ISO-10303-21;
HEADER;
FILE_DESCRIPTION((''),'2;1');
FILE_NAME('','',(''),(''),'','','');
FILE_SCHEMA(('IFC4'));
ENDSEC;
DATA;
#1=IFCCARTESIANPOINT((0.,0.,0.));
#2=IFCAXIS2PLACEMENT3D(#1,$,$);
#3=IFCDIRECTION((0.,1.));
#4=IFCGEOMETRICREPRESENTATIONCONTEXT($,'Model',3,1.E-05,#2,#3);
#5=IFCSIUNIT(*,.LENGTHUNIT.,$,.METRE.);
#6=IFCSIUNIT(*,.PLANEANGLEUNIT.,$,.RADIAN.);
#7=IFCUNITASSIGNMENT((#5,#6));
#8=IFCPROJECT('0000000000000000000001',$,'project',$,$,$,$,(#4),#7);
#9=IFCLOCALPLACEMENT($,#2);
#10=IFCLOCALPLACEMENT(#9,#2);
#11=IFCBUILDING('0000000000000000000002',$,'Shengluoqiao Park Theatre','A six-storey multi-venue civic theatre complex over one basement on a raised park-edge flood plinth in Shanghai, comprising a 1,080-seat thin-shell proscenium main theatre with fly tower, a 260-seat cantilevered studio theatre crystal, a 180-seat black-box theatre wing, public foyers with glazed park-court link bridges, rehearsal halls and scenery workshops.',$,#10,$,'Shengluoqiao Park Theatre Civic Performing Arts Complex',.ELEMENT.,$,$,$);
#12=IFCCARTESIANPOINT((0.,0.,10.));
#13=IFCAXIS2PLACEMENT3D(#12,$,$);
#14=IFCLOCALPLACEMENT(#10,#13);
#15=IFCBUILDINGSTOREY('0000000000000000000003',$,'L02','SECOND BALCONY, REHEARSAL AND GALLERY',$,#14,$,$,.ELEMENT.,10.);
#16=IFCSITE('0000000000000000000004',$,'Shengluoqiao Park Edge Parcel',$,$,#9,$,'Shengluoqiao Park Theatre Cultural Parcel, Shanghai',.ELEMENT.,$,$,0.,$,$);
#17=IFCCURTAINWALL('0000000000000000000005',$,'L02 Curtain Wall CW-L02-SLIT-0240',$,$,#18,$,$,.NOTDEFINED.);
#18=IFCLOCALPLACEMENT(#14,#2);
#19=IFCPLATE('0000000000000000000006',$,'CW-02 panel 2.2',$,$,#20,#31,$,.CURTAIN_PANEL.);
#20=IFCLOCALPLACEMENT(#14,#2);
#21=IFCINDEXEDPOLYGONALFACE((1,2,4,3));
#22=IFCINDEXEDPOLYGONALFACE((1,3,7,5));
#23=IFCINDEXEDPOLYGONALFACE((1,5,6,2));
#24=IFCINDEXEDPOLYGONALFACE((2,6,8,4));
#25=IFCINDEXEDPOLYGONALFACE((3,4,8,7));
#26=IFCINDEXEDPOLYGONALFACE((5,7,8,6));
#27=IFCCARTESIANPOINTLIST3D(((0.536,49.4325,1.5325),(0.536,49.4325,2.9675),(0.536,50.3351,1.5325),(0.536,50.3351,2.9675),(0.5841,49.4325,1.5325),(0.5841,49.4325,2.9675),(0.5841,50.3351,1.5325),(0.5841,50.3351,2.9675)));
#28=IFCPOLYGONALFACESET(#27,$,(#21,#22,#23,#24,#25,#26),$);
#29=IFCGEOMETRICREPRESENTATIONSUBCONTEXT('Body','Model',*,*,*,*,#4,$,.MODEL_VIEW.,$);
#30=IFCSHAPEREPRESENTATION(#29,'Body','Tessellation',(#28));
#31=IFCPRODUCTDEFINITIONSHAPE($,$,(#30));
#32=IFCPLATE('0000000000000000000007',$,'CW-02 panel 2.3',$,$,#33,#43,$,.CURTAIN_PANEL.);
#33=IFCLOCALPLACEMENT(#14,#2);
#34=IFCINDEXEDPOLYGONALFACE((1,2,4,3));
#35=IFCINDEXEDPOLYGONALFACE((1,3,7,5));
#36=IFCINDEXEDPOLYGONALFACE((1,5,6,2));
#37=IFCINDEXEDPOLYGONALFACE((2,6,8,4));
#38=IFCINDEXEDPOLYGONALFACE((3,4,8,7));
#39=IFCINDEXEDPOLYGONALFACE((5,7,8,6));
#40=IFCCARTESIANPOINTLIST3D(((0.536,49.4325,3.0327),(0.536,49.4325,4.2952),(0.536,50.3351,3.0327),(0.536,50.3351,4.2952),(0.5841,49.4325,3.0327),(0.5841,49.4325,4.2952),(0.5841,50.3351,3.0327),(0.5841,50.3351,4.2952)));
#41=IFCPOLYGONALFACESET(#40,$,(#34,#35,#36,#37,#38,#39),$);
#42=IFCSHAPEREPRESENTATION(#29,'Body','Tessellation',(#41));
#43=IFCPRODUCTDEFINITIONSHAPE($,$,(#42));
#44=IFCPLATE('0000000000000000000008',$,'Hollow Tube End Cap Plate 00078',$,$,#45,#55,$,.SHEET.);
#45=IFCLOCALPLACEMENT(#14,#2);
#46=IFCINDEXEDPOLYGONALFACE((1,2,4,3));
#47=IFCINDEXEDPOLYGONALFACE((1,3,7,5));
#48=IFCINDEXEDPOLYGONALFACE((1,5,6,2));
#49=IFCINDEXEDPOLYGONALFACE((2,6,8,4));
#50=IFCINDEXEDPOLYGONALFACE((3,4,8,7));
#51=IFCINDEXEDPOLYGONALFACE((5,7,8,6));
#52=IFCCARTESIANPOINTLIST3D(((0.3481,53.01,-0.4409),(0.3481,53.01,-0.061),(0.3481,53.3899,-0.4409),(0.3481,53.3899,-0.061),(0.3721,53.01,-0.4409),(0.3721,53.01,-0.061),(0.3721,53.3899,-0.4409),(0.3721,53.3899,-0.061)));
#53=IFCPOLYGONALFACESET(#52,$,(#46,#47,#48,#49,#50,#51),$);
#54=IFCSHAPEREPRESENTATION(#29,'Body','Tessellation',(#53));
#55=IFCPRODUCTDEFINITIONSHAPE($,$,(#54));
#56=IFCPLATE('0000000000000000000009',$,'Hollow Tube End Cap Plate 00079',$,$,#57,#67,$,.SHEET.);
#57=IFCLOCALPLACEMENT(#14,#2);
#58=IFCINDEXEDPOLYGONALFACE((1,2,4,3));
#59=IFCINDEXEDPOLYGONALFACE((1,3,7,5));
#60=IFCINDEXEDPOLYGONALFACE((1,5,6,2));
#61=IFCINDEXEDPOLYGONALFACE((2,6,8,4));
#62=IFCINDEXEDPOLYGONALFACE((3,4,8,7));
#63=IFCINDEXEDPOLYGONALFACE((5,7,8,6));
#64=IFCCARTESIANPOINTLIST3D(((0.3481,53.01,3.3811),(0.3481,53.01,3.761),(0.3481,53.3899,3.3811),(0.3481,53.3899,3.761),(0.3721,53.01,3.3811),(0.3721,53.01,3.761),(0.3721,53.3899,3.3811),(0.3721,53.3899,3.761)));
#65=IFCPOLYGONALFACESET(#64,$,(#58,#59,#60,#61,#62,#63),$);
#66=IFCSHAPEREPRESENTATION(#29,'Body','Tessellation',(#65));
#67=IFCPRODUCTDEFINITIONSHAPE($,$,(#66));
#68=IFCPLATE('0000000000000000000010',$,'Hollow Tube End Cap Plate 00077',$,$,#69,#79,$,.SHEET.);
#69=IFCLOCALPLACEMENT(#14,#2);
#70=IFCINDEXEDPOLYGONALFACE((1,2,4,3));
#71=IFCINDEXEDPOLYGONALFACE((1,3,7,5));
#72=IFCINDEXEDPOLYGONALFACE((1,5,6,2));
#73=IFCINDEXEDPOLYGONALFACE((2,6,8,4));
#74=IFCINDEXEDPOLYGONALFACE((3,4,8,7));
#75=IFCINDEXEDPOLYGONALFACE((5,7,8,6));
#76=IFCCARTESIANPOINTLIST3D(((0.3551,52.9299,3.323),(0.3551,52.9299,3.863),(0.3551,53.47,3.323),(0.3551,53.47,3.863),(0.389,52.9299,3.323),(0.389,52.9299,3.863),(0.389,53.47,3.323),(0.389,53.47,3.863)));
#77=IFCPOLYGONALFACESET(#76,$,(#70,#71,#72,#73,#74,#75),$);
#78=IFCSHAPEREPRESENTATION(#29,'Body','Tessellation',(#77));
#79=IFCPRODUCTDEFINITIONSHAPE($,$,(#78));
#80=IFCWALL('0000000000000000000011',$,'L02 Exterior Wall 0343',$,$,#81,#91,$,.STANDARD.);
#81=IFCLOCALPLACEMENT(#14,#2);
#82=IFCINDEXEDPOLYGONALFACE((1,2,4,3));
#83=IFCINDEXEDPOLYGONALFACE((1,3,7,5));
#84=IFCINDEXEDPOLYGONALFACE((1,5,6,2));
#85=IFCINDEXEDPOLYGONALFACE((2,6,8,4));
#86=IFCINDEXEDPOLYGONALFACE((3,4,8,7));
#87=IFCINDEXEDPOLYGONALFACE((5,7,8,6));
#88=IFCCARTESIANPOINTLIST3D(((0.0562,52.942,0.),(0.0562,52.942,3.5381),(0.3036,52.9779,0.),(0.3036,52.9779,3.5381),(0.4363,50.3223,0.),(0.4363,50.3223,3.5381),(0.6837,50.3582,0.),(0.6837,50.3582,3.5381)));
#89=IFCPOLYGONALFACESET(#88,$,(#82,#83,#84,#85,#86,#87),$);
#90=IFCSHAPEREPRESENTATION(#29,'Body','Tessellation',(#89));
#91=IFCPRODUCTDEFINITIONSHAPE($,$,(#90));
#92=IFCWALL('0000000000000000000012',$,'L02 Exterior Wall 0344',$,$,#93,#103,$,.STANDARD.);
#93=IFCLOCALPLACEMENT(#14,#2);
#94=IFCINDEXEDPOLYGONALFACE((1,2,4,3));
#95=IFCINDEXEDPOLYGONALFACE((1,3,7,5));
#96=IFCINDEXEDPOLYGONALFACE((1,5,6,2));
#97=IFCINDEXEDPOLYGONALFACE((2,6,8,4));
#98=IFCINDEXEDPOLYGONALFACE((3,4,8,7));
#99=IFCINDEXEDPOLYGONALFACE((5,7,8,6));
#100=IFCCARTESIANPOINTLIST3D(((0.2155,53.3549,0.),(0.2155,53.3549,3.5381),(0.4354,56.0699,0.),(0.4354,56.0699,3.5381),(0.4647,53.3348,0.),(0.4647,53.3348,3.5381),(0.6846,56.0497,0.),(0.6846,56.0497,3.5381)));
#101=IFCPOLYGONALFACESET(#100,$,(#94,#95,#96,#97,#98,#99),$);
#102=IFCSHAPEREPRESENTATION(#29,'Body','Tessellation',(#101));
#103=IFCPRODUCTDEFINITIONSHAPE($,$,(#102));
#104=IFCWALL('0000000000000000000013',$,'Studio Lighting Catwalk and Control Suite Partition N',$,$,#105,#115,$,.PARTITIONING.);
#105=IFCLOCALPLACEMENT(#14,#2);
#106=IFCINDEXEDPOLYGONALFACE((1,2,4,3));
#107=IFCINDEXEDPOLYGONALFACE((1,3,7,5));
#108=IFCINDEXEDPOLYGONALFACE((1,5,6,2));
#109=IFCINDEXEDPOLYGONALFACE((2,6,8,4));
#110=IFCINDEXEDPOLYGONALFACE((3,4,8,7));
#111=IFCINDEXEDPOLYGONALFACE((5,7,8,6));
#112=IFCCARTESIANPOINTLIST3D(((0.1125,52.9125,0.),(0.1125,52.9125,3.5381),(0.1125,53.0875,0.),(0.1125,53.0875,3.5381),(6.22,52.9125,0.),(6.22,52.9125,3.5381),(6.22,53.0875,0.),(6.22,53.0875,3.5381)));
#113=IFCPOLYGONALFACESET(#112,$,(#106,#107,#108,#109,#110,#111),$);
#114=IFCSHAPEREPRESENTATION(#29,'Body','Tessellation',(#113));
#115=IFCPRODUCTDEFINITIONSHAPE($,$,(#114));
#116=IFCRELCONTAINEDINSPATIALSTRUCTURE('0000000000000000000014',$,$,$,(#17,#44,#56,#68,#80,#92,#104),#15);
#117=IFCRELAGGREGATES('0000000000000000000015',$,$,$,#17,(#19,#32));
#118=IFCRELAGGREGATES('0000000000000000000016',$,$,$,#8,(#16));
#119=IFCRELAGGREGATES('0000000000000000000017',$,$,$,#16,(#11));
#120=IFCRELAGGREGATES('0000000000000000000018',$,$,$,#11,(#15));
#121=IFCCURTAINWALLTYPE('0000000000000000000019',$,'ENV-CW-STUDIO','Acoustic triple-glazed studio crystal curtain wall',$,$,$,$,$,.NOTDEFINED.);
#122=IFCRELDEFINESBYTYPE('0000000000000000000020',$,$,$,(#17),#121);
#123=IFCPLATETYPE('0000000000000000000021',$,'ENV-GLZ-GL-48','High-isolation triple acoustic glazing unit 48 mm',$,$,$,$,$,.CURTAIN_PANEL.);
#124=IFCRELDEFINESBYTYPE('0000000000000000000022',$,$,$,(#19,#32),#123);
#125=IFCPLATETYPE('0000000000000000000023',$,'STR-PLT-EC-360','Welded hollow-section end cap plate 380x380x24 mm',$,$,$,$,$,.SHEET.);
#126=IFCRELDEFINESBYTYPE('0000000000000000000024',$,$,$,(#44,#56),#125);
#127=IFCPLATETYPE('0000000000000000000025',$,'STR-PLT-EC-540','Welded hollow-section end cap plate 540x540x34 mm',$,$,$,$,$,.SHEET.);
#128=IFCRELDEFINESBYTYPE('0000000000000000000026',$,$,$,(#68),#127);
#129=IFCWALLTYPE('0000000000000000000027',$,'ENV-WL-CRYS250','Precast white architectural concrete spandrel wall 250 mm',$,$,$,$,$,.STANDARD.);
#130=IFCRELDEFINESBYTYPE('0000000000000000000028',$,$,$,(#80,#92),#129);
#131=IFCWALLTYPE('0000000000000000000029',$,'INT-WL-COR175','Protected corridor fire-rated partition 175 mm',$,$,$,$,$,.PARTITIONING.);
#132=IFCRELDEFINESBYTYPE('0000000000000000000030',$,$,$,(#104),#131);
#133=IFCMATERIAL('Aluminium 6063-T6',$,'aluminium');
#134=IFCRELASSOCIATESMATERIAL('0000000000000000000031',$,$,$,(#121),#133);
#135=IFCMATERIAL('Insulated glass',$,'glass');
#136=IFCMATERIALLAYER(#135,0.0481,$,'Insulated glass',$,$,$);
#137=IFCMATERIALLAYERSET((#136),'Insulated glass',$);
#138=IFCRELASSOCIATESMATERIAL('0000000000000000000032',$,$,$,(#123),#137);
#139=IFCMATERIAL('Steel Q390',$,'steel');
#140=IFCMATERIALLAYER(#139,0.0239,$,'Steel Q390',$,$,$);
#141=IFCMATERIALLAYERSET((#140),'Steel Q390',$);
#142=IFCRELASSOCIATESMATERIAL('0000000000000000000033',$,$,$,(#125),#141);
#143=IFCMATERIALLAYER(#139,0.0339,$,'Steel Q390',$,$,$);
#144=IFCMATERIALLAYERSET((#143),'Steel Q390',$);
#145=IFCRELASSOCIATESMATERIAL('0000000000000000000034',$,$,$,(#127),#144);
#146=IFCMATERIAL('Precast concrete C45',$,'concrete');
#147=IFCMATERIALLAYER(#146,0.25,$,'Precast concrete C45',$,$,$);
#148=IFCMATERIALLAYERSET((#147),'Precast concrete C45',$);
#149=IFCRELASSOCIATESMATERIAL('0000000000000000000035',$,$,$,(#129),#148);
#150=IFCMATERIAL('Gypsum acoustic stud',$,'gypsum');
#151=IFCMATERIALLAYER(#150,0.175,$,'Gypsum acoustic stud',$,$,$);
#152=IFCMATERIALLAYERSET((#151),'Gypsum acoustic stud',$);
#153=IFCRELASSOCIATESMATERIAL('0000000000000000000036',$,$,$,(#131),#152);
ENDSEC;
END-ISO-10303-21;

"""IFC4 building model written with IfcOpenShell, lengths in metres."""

from ifc_helpers import new_model, si_unit, direction, frame, frame_2d, origin, origin_2d, place, context, subcontext, project, spatial, rectangle, extrude, material, layer, layer_set, type_object, element, aggregate, save


model = new_model("IFC4")

# Units and contexts
model_context = context("Model", 3, precision=1e-05, world=origin(), true_north=direction((0.0, 1.0)))
body_context = subcontext(model_context, "Body", "Model", "MODEL_VIEW")
ifc_project = project(units=[si_unit("LENGTHUNIT", "METRE"), si_unit("PLANEANGLEUNIT", "RADIAN")], contexts=[model_context])

# Site, building, storey
site_placement = place(None, origin())
site = spatial("IfcSite", under=ifc_project, at=site_placement, Name="Shengluoqiao Park Edge Parcel", LongName="Shengluoqiao Park Theatre Cultural Parcel, Shanghai", CompositionType="ELEMENT", RefElevation=0.0)
building_placement = place(site_placement, origin())
building = spatial("IfcBuilding", under=site, at=building_placement, Name="Shengluoqiao Park Theatre", Description="A six-storey multi-venue civic theatre complex over one basement on a raised park-edge flood plinth in Shanghai, comprising a 1,080-seat thin-shell proscenium main theatre with fly tower, a 260-seat cantilevered studio theatre crystal, a 180-seat black-box theatre wing, public foyers with glazed park-court link bridges, rehearsal halls and scenery workshops.", LongName="Shengluoqiao Park Theatre Civic Performing Arts Complex", CompositionType="ELEMENT")
storey_placement = place(building_placement, frame((0.0, 0.0, 10.0)))
storey = spatial("IfcBuildingStorey", under=building, at=storey_placement, Name="L02", Description="SECOND BALCONY, REHEARSAL AND GALLERY", CompositionType="ELEMENT", Elevation=10.0)

# Curtain wall
ifc_material_1 = material(Name="Aluminium 6063-T6", Category="aluminium")
curtain_wall_type_1 = type_object("IfcCurtainWallType", Name="ENV-CW-STUDIO", Description="Acoustic triple-glazed studio crystal curtain wall", PredefinedType="NOTDEFINED", material=ifc_material_1)
curtain_wall_1_placement = place(storey_placement, origin())
curtain_wall_1 = element("IfcCurtainWall", 1, at=curtain_wall_1_placement, inside=storey, type_object=curtain_wall_type_1, Name="L02 Curtain Wall CW-L02-SLIT-0240", PredefinedType="NOTDEFINED")

# Shared definitions
ifc_material_2 = material(Name="Steel Q390", Category="steel")

# Shared definitions
ifc_material_3 = material(Name="Precast concrete C45", Category="concrete")

# Plates
ifc_material_4 = material(Name="Insulated glass", Category="glass")
ifc_layer_1 = layer(ifc_material_4, 0.0481, Name="Insulated glass")
ifc_layer_set_1 = layer_set([ifc_layer_1], Name="Insulated glass")
plate_type_1 = type_object("IfcPlateType", Name="ENV-GLZ-GL-48", Description="High-isolation triple acoustic glazing unit 48 mm", PredefinedType="CURTAIN_PANEL", material=ifc_layer_set_1)
plate_1_placement = place(storey_placement, frame((0.5601, 49.8838, 1.5325), z_axis=(0.0, 0.0, 1.0), x_axis=(0.0, 1.0, 0.0)))
plate_1 = element("IfcPlate", 2, at=plate_1_placement, type_object=plate_type_1, Name="CW-02 panel 2.2", PredefinedType="CURTAIN_PANEL", context=body_context, shape_type="SweptSolid", body=[
    extrude(rectangle(XDim=0.9026, YDim=0.0481, at=origin_2d()), origin(), (0.0, 0.0, 1.0), 1.4351),
])
plate_2_placement = place(storey_placement, frame((0.5601, 49.8838, 3.0327), z_axis=(0.0, 0.0, 1.0), x_axis=(0.0, 1.0, 0.0)))
plate_2 = element("IfcPlate", 3, at=plate_2_placement, type_object=plate_type_1, Name="CW-02 panel 2.3", PredefinedType="CURTAIN_PANEL", context=body_context, shape_type="SweptSolid", body=[
    extrude(rectangle(XDim=0.9026, YDim=0.0481, at=origin_2d()), origin(), (0.0, 0.0, 1.0), 1.2625),
])
aggregate(curtain_wall_1, [plate_1, plate_2])

# Plates
ifc_layer_2 = layer(ifc_material_2, 0.0239, Name="Steel Q390")
ifc_layer_set_2 = layer_set([ifc_layer_2], Name="Steel Q390")
plate_type_2 = type_object("IfcPlateType", Name="STR-PLT-EC-360", Description="Welded hollow-section end cap plate 380x380x24 mm", PredefinedType="SHEET", material=ifc_layer_set_2)
for number, where, z_axis, x_axis, name in (
    (4, (0.3601, 53.2, -0.4409), (0.0, 0.0, 1.0), (1.0, 0.0, 0.0), "Hollow Tube End Cap Plate 00078"),
    (5, (0.3601, 53.2, 3.3811), (0.0, 0.0, 1.0), (1.0, 0.0, 0.0), "Hollow Tube End Cap Plate 00079"),
):
    element("IfcPlate", number, at=place(storey_placement, frame(where, z_axis=z_axis, x_axis=x_axis)), inside=storey, type_object=plate_type_2, Name=name, PredefinedType="SHEET", context=body_context, shape_type="SweptSolid", body=[
        extrude(rectangle(XDim=0.0239, YDim=0.3799, at=origin_2d()), origin(), (0.0, 0.0, 1.0), 0.3799),
    ])
ifc_layer_3 = layer(ifc_material_2, 0.0339, Name="Steel Q390")
ifc_layer_set_3 = layer_set([ifc_layer_3], Name="Steel Q390")
plate_type_3 = type_object("IfcPlateType", Name="STR-PLT-EC-540", Description="Welded hollow-section end cap plate 540x540x34 mm", PredefinedType="SHEET", material=ifc_layer_set_3)
plate_3_placement = place(storey_placement, frame((0.3721, 53.2, 3.323), z_axis=(0.0, 0.0, 1.0), x_axis=(-1.0, 0.0, 0.0)))
element("IfcPlate", 6, at=plate_3_placement, inside=storey, type_object=plate_type_3, Name="Hollow Tube End Cap Plate 00077", PredefinedType="SHEET", context=body_context, shape_type="SweptSolid", body=[
    extrude(rectangle(XDim=0.0339, YDim=0.54, at=origin_2d()), origin(), (0.0, 0.0, 1.0), 0.54),
])

# Walls
ifc_layer_4 = layer(ifc_material_3, 0.25, Name="Precast concrete C45")
ifc_layer_set_4 = layer_set([ifc_layer_4], Name="Precast concrete C45")
wall_type_1 = type_object("IfcWallType", Name="ENV-WL-CRYS250", Description="Precast white architectural concrete spandrel wall 250 mm", PredefinedType="STANDARD", material=ifc_layer_set_4)
wall_1_placement = place(storey_placement, frame((0.5601, 50.3401, 0.0), z_axis=(0.0, 0.0, 1.0), x_axis=(-0.14359, 0.989637, 0.0)))
element("IfcWall", 7, at=wall_1_placement, inside=storey, type_object=wall_type_1, Name="L02 Exterior Wall 0343", PredefinedType="STANDARD", context=body_context, shape_type="SweptSolid", body=[
    extrude(rectangle(XDim=2.6472, YDim=0.25, at=frame_2d((1.3237, 0.0))), origin(), (0.0, 0.0, 1.0), 3.5381),
])
wall_2_placement = place(storey_placement, frame((0.3401, 53.345, 0.0), z_axis=(0.0, 0.0, 1.0), x_axis=(0.080753, 0.996734, 0.0)))
element("IfcWall", 8, at=wall_2_placement, inside=storey, type_object=wall_type_1, Name="L02 Exterior Wall 0344", PredefinedType="STANDARD", context=body_context, shape_type="SweptSolid", body=[
    extrude(rectangle(XDim=2.7239, YDim=0.25, at=frame_2d((1.3618, 0.0))), origin(), (0.0, 0.0, 1.0), 3.5381),
])
ifc_material_5 = material(Name="Gypsum acoustic stud", Category="gypsum")
ifc_layer_5 = layer(ifc_material_5, 0.175, Name="Gypsum acoustic stud")
ifc_layer_set_5 = layer_set([ifc_layer_5], Name="Gypsum acoustic stud")
wall_type_2 = type_object("IfcWallType", Name="INT-WL-COR175", Description="Protected corridor fire-rated partition 175 mm", PredefinedType="PARTITIONING", material=ifc_layer_set_5)
wall_3_placement = place(storey_placement, frame((0.1125, 53.0, 0.0), z_axis=(0.0, 0.0, 1.0), x_axis=(1.0, 0.0, 0.0)))
element("IfcWall", 9, at=wall_3_placement, inside=storey, type_object=wall_type_2, Name="Studio Lighting Catwalk and Control Suite Partition N", PredefinedType="PARTITIONING", context=body_context, shape_type="SweptSolid", body=[
    extrude(rectangle(XDim=6.1074, YDim=0.175, at=frame_2d((3.0537, 0.0))), origin(), (0.0, 0.0, 1.0), 3.5381),
])

save(model, "model.ifc")
